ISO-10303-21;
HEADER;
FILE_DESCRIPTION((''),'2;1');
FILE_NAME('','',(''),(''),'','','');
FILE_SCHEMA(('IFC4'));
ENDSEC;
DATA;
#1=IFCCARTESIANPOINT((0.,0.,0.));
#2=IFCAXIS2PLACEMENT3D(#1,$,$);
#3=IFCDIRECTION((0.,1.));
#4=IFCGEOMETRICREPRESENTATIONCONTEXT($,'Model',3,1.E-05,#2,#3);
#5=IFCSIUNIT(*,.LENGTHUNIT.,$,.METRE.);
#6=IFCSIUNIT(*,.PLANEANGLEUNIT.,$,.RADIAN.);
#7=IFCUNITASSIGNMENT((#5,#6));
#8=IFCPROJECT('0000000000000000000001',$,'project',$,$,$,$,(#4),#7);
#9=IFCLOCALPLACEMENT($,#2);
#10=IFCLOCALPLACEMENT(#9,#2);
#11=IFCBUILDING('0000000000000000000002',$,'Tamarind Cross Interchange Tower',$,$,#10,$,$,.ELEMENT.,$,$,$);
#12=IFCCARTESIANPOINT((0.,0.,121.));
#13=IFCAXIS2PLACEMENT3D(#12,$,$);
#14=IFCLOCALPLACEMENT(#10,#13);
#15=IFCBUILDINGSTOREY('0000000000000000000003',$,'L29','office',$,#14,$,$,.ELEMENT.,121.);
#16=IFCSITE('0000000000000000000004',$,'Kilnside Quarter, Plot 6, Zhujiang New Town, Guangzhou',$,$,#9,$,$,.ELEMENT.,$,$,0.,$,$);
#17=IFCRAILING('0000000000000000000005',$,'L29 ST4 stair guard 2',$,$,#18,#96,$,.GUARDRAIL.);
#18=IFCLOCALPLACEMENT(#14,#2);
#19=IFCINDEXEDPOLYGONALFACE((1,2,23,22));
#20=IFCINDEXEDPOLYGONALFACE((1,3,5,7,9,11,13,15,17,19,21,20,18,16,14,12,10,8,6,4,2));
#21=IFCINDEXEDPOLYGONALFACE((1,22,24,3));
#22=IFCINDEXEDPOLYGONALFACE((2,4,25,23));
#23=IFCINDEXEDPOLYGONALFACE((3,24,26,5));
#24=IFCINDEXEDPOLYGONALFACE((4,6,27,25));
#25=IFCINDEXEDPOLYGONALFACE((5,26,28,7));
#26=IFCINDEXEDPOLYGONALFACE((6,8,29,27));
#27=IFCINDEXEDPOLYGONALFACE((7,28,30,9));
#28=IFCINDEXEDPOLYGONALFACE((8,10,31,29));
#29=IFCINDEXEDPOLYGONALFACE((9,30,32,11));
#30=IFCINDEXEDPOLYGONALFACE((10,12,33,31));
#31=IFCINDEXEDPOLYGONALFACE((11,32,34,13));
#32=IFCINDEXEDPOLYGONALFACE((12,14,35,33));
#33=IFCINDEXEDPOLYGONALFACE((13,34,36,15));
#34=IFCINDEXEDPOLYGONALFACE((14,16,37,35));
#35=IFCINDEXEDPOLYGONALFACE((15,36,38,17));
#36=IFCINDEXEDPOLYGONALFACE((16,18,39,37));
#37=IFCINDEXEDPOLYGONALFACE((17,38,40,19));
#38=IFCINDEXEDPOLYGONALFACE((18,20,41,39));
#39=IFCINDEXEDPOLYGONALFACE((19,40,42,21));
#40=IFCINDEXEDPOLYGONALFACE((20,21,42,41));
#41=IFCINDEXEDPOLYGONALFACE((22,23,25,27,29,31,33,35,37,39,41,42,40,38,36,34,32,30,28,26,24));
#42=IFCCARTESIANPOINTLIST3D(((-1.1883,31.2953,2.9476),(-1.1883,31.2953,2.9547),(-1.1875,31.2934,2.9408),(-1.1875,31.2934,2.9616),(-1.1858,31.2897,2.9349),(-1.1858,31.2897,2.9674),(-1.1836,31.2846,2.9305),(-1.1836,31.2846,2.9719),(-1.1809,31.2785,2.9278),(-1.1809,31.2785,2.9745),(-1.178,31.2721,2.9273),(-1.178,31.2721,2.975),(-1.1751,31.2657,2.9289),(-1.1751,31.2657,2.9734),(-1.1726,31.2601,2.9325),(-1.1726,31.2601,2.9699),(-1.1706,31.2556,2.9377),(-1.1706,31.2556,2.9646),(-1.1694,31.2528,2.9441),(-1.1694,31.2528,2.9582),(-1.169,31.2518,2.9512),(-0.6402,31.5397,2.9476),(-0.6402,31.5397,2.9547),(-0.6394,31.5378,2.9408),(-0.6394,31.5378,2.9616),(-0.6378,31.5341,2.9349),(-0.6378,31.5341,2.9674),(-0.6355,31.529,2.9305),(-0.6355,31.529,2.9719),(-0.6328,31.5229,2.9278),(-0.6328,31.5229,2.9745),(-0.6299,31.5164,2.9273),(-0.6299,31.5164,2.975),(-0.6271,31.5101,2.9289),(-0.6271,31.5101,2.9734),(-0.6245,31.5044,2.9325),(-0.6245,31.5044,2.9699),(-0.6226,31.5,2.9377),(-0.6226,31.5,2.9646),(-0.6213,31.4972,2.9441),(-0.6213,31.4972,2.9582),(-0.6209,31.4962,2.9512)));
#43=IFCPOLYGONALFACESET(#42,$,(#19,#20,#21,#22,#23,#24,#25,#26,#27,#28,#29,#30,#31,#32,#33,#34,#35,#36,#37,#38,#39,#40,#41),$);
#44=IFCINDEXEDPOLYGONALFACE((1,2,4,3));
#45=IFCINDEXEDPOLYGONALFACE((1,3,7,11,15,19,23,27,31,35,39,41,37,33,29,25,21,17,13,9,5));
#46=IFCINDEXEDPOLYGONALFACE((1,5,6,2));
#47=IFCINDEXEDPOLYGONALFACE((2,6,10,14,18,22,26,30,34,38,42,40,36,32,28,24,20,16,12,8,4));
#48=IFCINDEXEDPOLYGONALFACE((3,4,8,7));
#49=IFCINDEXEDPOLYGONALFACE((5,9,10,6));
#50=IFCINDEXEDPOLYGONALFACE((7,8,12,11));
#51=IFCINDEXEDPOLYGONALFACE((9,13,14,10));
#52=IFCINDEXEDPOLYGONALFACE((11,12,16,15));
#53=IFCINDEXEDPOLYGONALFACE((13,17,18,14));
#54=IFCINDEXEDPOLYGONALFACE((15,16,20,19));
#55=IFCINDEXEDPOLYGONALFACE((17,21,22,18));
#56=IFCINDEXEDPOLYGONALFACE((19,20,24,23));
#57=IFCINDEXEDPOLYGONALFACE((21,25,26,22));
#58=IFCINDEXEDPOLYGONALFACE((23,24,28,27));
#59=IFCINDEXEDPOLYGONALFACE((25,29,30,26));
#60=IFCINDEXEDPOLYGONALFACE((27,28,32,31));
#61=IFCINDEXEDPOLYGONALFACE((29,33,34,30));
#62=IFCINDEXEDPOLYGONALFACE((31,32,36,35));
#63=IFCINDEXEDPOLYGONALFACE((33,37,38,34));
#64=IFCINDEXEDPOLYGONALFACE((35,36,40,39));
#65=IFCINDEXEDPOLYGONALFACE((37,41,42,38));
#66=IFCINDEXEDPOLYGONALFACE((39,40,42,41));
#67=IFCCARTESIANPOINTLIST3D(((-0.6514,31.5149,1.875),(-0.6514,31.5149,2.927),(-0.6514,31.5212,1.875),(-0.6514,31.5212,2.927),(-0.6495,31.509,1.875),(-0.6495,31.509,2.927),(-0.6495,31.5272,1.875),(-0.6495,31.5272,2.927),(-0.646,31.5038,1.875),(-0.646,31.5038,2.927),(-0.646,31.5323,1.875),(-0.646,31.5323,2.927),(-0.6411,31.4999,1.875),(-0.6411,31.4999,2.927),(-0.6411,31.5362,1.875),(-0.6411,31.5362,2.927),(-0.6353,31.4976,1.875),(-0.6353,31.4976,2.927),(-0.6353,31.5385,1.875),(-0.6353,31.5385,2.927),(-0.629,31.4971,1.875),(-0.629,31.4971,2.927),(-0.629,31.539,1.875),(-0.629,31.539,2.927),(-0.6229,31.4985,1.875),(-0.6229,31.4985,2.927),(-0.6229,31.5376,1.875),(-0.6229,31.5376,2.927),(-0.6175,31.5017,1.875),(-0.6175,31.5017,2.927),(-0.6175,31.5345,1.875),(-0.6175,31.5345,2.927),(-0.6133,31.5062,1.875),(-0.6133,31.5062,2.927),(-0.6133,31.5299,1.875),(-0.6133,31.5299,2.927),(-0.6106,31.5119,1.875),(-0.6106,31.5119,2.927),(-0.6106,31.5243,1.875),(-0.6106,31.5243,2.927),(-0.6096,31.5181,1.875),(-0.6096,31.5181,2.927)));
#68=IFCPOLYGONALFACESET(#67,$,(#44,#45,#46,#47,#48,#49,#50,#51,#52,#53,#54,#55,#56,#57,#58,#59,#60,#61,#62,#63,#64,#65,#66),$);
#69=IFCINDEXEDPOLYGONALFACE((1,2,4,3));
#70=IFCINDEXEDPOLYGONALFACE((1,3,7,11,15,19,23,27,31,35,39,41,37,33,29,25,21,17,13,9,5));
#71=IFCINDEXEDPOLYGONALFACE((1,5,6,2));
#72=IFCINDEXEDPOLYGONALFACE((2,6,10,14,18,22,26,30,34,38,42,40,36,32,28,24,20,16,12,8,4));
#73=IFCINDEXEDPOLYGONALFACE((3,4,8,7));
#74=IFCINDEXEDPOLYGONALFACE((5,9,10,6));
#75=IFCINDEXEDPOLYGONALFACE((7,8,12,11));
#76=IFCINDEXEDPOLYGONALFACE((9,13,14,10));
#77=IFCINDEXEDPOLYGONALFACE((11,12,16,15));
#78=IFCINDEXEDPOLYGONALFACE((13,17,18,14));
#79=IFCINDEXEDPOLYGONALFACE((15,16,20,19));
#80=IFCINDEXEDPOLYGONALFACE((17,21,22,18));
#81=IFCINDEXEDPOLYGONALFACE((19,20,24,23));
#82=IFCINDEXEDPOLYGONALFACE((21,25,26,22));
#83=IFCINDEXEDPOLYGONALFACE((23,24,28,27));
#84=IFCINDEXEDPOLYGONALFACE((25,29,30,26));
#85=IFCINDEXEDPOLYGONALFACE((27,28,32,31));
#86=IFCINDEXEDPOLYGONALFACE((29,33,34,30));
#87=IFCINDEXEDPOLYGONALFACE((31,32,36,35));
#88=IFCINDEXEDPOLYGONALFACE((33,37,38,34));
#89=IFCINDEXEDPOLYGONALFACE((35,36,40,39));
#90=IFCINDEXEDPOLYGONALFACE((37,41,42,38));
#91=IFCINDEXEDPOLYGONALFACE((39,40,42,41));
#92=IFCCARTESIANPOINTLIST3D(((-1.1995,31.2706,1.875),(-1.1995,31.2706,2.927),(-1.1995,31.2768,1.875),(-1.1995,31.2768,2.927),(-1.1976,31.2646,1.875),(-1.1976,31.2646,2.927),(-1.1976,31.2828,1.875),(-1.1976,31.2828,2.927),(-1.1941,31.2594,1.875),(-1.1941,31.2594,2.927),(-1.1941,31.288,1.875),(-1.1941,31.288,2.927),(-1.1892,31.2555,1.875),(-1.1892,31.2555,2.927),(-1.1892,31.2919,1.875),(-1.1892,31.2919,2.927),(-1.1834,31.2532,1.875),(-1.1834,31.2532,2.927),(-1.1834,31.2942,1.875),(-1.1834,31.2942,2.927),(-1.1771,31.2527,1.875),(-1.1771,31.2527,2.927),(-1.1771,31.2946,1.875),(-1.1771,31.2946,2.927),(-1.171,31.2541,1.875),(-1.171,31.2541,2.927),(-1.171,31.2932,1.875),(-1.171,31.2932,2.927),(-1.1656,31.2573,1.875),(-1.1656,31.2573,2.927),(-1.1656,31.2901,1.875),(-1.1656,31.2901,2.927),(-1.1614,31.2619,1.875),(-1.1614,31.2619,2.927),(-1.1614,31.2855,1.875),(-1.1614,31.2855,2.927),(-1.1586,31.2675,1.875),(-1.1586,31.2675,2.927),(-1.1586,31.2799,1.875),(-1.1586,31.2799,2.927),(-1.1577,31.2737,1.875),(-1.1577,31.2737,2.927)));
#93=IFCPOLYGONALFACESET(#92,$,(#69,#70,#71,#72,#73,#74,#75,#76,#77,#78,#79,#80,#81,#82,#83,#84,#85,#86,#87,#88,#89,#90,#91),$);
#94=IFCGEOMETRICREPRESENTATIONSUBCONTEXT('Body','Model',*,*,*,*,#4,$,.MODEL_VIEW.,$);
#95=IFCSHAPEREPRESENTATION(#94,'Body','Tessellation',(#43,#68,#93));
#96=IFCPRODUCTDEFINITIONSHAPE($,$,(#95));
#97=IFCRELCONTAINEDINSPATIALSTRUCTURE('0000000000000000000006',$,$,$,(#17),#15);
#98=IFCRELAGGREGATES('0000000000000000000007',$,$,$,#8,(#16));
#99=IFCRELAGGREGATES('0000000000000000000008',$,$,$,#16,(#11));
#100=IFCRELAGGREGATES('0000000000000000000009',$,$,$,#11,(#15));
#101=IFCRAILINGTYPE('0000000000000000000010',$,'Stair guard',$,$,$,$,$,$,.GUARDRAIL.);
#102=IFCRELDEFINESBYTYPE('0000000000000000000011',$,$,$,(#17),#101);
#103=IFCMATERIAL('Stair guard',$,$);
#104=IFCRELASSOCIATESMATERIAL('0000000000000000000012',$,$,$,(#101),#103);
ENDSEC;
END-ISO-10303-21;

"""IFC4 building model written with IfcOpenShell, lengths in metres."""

from ifc_helpers import new_model, si_unit, direction, frame, origin, origin_2d, place, context, subcontext, project, spatial, circle, extrude, material, type_object, element, save


model = new_model("IFC4")

# Units and contexts
model_context = context("Model", 3, precision=1e-05, world=origin(), true_north=direction((0.0, 1.0)))
body_context = subcontext(model_context, "Body", "Model", "MODEL_VIEW")
ifc_project = project(units=[si_unit("LENGTHUNIT", "METRE"), si_unit("PLANEANGLEUNIT", "RADIAN")], contexts=[model_context])

# Site, building, storey
site_placement = place(None, origin())
site = spatial("IfcSite", under=ifc_project, at=site_placement, Name="Kilnside Quarter, Plot 6, Zhujiang New Town, Guangzhou", CompositionType="ELEMENT", RefElevation=0.0)
building_placement = place(site_placement, origin())
building = spatial("IfcBuilding", under=site, at=building_placement, Name="Tamarind Cross Interchange Tower", CompositionType="ELEMENT")
storey_placement = place(building_placement, frame((0.0, 0.0, 121.0)))
storey = spatial("IfcBuildingStorey", under=building, at=storey_placement, Name="L29", Description="office", CompositionType="ELEMENT", Elevation=121.0)

# Railing
ifc_material_1 = material(Name="Stair guard")
railing_type_1 = type_object("IfcRailingType", Name="Stair guard", PredefinedType="GUARDRAIL", material=ifc_material_1)
railing_1_placement = place(storey_placement, frame((-0.6306, 31.5181, 1.875)))
element("IfcRailing", 1, at=railing_1_placement, inside=storey, type_object=railing_type_1, Name="L29 ST4 stair guard 2", PredefinedType="GUARDRAIL", context=body_context, shape_type="SweptSolid", body=[
    extrude(circle(Radius=0.0239, at=origin_2d()), frame((0.0, 0.0, 1.0762), z_axis=(-0.913324, -0.407233, 0.0), x_axis=(0.407233, -0.913324, 0.0)), (0.0, 0.0, 1.0), 0.6001),
    extrude(circle(Radius=0.021, at=origin_2d()), origin(), (0.0, 0.0, 1.0), 1.052),
    extrude(circle(Radius=0.021, at=origin_2d()), frame((-0.5481, -0.2444, 0.0)), (0.0, 0.0, 1.0), 1.052),
])

save(model, "model.ifc")
